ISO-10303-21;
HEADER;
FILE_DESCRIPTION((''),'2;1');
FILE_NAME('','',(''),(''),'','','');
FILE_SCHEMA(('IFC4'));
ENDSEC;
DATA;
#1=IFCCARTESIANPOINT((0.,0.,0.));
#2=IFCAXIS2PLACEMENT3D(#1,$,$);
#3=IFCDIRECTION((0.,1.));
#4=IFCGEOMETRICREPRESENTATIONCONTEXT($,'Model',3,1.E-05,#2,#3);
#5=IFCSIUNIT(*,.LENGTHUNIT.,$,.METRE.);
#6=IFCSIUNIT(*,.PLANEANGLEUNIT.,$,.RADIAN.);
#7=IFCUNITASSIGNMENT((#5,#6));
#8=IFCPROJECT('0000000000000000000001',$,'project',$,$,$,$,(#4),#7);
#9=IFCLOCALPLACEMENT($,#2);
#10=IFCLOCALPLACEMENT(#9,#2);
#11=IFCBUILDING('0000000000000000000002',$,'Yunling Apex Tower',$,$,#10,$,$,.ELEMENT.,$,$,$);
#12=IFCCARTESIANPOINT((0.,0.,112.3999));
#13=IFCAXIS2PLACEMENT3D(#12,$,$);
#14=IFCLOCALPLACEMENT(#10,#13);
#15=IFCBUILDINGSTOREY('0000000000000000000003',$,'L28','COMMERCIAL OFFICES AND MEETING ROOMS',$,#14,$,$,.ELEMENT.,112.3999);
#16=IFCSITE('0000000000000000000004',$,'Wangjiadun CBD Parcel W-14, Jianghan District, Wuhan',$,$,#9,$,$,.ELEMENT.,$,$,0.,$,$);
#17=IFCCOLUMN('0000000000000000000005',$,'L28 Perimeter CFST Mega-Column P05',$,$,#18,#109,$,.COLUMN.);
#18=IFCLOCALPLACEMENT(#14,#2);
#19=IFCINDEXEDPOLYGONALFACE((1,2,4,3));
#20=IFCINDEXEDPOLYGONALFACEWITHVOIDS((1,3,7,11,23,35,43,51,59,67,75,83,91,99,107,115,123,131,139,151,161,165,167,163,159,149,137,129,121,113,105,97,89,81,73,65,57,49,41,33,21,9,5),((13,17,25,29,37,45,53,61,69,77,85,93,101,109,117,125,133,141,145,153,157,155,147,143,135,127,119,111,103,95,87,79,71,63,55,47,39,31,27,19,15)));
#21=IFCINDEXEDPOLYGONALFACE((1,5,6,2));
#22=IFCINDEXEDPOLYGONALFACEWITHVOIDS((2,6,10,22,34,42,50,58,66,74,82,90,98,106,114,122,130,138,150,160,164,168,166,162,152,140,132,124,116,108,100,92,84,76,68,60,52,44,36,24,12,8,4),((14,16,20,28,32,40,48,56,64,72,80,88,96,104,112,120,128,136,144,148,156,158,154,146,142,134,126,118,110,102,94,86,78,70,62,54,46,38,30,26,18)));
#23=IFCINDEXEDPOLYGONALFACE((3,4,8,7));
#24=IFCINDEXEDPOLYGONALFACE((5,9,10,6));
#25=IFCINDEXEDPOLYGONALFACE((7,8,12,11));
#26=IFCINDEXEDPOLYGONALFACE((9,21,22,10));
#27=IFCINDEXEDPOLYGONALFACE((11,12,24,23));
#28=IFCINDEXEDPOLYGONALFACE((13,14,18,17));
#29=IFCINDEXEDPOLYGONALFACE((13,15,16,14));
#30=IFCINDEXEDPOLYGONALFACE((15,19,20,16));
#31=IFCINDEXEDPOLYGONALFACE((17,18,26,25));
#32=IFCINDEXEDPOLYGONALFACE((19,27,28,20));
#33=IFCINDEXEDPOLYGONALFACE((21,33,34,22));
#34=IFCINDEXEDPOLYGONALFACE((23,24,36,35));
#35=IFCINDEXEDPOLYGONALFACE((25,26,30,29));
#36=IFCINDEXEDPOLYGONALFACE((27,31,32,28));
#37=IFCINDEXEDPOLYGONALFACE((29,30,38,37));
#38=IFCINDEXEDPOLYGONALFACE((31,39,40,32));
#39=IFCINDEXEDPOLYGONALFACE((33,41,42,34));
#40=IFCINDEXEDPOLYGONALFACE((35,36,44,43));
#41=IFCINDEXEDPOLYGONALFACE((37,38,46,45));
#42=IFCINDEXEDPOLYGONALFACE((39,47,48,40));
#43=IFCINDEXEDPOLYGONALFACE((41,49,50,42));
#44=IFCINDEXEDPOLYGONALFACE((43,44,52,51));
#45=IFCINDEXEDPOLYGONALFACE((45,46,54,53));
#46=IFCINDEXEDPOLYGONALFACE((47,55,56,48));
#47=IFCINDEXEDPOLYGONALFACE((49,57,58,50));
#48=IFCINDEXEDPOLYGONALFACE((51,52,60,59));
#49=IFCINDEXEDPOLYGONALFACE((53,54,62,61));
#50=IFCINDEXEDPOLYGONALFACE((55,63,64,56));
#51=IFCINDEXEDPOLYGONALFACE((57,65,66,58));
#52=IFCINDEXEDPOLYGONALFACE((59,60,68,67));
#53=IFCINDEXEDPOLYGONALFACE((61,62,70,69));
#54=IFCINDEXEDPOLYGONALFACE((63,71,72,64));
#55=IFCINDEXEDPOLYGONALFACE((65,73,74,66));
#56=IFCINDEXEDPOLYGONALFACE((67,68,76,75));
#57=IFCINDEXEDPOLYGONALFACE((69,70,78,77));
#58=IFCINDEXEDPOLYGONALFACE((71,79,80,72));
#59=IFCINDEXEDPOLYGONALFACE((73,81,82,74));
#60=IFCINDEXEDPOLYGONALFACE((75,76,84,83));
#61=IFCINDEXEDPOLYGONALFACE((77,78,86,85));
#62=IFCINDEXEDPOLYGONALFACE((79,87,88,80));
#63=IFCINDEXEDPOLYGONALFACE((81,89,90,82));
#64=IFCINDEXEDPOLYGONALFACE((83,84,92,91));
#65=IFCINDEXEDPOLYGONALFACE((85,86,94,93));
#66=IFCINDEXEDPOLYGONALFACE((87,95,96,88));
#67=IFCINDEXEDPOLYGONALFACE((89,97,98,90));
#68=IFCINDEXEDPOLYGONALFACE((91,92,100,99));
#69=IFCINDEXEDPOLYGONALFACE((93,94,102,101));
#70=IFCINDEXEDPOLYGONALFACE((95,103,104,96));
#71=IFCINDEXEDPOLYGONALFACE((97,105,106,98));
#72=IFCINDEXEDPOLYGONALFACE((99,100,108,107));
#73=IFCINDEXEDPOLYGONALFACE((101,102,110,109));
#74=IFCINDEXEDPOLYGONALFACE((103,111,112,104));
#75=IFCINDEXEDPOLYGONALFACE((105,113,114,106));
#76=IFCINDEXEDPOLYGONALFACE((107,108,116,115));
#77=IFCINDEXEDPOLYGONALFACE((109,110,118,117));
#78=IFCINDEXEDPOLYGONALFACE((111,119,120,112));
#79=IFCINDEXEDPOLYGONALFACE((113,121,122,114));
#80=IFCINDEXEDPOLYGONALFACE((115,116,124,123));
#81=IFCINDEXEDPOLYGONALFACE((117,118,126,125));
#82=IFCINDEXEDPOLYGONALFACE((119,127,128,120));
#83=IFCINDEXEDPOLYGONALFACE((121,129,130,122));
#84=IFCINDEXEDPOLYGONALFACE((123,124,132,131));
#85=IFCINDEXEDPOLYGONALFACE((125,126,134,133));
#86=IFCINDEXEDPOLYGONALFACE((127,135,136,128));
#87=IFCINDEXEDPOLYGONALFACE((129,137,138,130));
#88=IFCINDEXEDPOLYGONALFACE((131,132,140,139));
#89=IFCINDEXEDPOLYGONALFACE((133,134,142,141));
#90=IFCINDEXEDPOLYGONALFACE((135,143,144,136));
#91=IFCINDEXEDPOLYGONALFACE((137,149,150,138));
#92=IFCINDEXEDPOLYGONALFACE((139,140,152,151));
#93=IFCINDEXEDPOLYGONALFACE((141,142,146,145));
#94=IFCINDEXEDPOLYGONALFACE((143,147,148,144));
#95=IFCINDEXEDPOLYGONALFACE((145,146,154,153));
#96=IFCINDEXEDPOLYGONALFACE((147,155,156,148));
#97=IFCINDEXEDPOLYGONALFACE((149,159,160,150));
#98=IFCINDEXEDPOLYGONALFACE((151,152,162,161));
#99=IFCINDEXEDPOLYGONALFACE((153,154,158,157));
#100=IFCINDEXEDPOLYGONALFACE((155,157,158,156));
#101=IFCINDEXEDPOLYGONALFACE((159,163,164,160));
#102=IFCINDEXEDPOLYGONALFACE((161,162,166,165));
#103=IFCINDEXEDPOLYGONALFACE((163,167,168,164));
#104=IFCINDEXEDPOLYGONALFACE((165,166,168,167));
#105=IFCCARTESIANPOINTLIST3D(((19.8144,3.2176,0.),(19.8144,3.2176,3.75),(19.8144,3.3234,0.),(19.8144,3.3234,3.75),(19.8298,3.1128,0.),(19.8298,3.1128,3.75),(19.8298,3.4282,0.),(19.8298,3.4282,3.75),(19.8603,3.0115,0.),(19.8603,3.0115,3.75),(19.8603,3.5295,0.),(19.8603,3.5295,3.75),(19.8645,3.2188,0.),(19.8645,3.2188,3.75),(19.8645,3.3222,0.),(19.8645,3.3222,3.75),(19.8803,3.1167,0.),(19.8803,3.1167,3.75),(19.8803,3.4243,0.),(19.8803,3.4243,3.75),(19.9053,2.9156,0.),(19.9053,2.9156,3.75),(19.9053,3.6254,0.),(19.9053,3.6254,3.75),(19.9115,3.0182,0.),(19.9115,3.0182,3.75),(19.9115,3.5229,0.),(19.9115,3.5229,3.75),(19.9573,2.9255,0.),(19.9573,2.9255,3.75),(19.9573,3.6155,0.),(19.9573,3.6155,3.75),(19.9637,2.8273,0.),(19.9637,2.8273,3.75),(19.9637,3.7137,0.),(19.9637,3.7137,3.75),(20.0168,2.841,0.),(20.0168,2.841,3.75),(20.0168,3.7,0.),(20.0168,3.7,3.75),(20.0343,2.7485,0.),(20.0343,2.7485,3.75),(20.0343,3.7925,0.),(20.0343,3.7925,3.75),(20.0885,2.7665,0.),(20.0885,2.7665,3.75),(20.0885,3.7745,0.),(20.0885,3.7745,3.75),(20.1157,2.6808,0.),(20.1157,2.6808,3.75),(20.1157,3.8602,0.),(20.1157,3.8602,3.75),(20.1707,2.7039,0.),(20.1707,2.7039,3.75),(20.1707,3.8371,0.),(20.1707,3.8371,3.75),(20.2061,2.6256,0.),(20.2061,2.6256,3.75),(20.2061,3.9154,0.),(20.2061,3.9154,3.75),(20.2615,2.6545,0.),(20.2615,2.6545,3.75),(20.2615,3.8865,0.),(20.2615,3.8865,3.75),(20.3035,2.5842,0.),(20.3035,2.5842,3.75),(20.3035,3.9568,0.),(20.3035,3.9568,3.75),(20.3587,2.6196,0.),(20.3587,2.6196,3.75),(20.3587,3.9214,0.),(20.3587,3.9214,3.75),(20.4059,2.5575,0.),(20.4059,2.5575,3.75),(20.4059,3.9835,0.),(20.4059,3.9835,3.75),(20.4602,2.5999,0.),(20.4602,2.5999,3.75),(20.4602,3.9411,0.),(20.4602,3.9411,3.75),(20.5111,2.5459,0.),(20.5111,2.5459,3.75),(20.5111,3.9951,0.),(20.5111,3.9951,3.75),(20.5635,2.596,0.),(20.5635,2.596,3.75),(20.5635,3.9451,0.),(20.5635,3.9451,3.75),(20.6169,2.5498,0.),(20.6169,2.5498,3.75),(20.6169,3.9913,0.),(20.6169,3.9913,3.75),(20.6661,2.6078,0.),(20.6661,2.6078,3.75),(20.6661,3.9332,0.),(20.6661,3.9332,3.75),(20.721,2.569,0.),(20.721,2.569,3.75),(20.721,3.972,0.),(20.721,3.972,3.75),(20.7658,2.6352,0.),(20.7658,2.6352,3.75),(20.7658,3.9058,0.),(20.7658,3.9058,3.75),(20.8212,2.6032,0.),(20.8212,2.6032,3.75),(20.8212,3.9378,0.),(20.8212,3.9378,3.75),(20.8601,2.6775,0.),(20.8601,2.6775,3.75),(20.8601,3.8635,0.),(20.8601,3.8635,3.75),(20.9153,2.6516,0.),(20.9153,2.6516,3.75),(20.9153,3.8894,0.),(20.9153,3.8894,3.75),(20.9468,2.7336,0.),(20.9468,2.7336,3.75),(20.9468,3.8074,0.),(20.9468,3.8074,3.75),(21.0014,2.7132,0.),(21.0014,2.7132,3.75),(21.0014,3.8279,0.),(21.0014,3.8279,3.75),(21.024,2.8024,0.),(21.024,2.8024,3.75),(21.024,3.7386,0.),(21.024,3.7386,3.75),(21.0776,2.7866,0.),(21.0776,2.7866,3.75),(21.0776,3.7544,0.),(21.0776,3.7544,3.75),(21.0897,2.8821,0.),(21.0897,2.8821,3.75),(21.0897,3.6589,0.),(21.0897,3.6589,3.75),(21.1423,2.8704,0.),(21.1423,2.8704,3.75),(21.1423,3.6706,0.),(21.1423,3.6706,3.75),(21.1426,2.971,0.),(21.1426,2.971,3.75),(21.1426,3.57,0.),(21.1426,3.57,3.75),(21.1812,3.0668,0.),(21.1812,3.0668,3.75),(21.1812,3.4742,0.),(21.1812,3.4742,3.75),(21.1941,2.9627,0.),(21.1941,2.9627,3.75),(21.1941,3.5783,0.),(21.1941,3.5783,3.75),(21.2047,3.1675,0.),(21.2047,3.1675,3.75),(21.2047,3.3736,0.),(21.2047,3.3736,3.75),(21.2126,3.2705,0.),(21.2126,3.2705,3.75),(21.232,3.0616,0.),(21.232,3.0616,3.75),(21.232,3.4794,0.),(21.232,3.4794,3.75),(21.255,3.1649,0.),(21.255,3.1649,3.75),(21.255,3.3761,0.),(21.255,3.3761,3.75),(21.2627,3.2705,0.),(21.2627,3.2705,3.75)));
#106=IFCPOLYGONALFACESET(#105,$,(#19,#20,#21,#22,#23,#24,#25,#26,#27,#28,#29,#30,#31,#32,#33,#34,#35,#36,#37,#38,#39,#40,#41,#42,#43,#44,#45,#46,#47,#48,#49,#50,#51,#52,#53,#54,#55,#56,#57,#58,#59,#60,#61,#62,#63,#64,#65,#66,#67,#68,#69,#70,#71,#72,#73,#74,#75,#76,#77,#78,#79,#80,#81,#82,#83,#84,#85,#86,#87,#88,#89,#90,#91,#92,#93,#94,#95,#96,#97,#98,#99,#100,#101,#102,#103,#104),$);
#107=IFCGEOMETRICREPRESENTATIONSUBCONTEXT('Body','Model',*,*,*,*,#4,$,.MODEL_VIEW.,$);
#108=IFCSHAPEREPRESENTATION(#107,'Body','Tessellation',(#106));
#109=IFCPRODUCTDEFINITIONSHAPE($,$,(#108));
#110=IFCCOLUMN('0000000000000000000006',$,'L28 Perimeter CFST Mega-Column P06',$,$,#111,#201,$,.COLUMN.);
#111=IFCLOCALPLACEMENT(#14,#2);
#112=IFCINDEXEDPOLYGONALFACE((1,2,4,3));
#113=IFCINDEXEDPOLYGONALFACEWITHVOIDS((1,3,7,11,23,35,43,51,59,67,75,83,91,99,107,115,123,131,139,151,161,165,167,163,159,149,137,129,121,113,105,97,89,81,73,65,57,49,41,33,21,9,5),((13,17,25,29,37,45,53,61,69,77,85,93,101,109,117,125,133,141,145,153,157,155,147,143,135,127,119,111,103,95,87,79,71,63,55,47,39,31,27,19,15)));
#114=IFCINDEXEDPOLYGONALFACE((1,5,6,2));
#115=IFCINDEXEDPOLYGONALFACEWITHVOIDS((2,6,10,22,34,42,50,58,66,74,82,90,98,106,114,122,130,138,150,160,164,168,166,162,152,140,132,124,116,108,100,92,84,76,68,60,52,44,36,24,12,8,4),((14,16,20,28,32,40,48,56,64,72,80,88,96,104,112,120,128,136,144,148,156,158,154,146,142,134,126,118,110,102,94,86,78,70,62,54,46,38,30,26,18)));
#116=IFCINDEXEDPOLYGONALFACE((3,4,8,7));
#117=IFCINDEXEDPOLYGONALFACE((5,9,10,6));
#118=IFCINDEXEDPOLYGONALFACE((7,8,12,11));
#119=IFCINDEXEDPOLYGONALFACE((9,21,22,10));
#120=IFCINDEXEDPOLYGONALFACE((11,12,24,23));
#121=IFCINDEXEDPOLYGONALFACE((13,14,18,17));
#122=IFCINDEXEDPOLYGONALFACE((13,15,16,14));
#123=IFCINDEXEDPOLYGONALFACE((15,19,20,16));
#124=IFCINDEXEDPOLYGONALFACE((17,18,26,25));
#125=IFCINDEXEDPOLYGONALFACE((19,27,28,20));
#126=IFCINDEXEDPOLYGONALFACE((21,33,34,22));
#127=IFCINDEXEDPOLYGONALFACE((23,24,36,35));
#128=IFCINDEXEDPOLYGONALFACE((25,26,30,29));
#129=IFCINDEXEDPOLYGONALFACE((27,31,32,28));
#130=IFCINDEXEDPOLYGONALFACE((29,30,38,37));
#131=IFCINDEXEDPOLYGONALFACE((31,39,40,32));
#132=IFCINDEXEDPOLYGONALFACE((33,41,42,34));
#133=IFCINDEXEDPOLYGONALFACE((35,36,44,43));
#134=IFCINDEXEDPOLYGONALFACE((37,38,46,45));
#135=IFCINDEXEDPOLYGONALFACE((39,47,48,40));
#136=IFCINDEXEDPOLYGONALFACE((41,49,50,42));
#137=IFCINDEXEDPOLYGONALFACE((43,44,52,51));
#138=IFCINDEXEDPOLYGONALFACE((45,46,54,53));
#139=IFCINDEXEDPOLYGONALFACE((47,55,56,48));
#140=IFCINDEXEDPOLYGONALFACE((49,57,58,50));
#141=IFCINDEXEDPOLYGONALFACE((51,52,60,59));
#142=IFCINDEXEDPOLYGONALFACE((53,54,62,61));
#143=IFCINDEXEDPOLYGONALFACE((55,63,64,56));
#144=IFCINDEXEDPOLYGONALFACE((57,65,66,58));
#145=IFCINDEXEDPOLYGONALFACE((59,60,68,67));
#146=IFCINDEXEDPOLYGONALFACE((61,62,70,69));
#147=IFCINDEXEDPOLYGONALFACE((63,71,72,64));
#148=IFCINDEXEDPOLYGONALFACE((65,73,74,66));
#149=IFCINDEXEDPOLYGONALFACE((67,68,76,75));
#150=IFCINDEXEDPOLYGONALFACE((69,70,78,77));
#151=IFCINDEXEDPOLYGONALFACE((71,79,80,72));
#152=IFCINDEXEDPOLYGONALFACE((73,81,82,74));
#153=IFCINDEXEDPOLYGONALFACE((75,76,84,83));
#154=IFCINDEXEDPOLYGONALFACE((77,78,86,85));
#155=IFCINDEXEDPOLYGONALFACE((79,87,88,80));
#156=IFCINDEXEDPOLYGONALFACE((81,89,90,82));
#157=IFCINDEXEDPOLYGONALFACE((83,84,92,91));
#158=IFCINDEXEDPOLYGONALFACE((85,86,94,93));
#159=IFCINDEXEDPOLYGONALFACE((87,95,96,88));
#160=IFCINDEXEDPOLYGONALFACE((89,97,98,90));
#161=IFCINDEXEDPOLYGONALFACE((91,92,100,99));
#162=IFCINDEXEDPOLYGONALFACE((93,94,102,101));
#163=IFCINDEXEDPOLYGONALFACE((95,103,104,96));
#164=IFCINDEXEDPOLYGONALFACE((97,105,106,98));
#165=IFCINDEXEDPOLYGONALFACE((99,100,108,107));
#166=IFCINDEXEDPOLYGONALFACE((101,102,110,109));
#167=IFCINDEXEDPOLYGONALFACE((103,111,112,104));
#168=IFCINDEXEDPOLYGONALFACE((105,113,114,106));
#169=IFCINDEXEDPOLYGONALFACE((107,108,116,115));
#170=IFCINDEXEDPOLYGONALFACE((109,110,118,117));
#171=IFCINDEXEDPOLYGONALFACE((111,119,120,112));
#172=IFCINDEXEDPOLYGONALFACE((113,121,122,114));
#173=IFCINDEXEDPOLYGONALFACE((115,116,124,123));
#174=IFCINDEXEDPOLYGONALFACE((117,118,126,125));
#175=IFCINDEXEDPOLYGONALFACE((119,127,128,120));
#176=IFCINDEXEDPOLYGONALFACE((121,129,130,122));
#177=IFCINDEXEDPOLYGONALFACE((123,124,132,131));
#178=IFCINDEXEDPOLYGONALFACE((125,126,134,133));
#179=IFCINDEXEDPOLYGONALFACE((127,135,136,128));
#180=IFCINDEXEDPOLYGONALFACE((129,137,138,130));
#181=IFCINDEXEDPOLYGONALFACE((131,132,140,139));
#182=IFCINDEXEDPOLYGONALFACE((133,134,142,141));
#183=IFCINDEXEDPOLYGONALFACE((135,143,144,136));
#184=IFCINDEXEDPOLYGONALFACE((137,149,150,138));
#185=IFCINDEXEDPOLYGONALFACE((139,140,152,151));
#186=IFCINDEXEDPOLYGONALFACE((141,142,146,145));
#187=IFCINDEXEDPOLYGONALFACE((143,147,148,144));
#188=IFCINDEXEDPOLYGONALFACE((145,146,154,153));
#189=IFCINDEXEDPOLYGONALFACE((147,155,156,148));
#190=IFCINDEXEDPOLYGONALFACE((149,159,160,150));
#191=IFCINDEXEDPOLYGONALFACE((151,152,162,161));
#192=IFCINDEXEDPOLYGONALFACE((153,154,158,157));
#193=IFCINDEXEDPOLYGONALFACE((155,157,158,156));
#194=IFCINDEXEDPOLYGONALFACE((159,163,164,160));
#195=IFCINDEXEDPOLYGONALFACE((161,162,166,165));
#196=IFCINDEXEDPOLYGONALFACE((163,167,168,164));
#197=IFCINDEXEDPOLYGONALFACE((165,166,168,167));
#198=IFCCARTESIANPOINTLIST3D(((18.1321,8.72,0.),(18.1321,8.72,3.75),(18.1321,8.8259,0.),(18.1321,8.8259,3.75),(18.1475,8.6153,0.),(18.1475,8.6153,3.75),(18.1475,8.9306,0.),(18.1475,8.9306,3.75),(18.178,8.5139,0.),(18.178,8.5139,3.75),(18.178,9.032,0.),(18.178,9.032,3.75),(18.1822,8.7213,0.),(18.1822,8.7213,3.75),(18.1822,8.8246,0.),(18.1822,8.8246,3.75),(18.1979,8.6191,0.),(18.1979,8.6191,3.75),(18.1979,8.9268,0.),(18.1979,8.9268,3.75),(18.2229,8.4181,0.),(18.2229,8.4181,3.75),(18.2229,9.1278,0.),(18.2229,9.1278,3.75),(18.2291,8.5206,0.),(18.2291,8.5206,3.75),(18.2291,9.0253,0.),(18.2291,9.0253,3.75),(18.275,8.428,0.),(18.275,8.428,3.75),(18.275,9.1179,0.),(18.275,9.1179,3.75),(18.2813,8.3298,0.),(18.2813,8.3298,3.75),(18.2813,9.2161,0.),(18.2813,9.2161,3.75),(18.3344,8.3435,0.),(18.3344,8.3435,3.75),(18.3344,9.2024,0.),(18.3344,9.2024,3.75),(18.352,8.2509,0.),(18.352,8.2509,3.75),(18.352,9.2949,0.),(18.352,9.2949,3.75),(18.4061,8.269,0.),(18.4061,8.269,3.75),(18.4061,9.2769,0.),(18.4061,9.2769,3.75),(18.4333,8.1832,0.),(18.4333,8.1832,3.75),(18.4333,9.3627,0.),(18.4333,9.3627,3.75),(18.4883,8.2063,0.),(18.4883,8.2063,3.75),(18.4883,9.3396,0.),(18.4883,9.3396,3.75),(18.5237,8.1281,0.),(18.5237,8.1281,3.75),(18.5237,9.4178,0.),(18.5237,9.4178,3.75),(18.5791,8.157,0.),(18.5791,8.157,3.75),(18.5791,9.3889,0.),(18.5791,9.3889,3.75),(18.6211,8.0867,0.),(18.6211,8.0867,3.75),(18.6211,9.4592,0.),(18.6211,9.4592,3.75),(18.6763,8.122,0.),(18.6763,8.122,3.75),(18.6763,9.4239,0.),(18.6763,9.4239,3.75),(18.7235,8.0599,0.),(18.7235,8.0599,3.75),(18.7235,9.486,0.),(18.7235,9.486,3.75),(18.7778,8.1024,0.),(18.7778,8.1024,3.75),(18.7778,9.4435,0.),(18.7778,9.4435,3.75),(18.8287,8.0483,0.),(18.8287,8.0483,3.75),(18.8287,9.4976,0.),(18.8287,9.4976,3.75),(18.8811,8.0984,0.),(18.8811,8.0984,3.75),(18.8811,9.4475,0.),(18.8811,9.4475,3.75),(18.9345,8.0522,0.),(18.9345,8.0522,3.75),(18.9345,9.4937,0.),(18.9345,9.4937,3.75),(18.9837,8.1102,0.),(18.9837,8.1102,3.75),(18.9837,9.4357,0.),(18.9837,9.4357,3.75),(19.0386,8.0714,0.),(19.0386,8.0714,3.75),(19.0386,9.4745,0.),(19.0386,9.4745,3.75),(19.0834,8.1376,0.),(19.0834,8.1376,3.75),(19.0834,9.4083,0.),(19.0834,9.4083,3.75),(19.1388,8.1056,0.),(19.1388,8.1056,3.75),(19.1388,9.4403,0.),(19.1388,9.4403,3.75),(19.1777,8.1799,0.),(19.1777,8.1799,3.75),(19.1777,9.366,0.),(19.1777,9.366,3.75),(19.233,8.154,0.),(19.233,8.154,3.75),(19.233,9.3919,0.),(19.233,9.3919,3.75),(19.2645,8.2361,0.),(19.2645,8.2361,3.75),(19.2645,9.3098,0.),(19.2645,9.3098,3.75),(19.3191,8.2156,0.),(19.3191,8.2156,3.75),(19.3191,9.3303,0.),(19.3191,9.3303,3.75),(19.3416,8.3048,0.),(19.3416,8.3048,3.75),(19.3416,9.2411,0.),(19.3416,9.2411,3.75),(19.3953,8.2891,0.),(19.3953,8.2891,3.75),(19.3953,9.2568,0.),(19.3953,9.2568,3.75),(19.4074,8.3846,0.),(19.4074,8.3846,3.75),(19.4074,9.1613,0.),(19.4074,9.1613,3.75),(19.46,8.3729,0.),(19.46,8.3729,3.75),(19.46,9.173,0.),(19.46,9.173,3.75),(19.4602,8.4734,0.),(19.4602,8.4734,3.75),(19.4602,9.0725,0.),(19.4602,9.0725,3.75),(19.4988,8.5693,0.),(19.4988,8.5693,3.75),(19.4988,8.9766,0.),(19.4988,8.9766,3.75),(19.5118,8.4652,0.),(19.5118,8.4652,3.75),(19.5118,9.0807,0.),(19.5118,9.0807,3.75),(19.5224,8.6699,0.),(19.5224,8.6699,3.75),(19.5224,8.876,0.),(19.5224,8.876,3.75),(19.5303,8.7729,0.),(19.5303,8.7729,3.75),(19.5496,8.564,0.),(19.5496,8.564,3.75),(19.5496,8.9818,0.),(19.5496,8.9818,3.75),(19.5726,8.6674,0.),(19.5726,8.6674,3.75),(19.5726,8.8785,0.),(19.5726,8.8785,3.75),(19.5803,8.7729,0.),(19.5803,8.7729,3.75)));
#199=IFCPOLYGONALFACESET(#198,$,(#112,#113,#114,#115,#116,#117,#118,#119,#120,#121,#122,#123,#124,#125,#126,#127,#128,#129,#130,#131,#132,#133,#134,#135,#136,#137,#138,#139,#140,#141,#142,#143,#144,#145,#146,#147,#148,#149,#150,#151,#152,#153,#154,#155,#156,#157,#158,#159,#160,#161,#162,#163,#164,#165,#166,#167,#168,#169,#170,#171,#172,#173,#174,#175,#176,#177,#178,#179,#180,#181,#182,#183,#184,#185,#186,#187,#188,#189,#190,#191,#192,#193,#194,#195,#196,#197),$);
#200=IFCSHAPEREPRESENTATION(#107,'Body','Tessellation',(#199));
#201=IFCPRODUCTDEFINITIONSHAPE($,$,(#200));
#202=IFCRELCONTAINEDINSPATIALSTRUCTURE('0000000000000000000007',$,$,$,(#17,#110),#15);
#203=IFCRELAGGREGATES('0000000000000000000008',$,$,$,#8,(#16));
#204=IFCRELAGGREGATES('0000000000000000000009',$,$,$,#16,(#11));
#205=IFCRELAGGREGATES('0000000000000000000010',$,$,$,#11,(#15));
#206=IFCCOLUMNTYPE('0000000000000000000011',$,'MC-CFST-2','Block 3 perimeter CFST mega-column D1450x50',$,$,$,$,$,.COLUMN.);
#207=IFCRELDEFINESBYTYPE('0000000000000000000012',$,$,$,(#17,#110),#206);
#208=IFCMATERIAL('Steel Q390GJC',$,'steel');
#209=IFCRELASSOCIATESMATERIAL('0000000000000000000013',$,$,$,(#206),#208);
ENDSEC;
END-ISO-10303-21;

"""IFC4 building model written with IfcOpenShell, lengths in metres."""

from ifc_helpers import new_model, si_unit, direction, frame, origin, origin_2d, place, context, subcontext, project, spatial, hollow_circle, extrude, source, transform, mapped, material, material_profile, profile_set, type_object, element, save


model = new_model("IFC4")

# Units and contexts
model_context = context("Model", 3, precision=1e-05, world=origin(), true_north=direction((0.0, 1.0)))
body_context = subcontext(model_context, "Body", "Model", "MODEL_VIEW")
ifc_project = project(units=[si_unit("LENGTHUNIT", "METRE"), si_unit("PLANEANGLEUNIT", "RADIAN")], contexts=[model_context])

# Site, building, storey
site_placement = place(None, origin())
site = spatial("IfcSite", under=ifc_project, at=site_placement, Name="Wangjiadun CBD Parcel W-14, Jianghan District, Wuhan", CompositionType="ELEMENT", RefElevation=0.0)
building_placement = place(site_placement, origin())
building = spatial("IfcBuilding", under=site, at=building_placement, Name="Yunling Apex Tower", CompositionType="ELEMENT")
storey_placement = place(building_placement, frame((0.0, 0.0, 112.3999)))
storey = spatial("IfcBuildingStorey", under=building, at=storey_placement, Name="L28", Description="COMMERCIAL OFFICES AND MEETING ROOMS", CompositionType="ELEMENT", Elevation=112.3999)

# Columns
ifc_material_1 = material(Name="Steel Q390GJC", Category="steel")
ifc_material_profile_1 = material_profile(ifc_material_1, hollow_circle(Radius=0.7251, WallThickness=0.05, at=origin_2d()))
ifc_profile_set_1 = profile_set([ifc_material_profile_1], Name="Steel Q390GJC")
column_type = type_object("IfcColumnType", Name="MC-CFST-2", Description="Block 3 perimeter CFST mega-column D1450x50", PredefinedType="COLUMN", material=ifc_profile_set_1)
shared_shape_1 = source(origin(), body_context, "Body", "SweptSolid", [
    extrude(hollow_circle(Radius=0.7251, WallThickness=0.05, at=origin_2d()), origin(), (0.0, 0.0, 1.0), 3.75),
])
for number, where, z_axis, x_axis, name in (
    (1, (20.5376, 3.2705, 0.0), (0.0, 0.0, 1.0), (1.0, 0.0, 0.0), "L28 Perimeter CFST Mega-Column P05"),
    (2, (18.8552, 8.7729, 0.0), (0.0, 0.0, 1.0), (1.0, 0.0, 0.0), "L28 Perimeter CFST Mega-Column P06"),
):
    element("IfcColumn", number, at=place(storey_placement, frame(where, z_axis=z_axis, x_axis=x_axis)), inside=storey, type_object=column_type, Name=name, PredefinedType="COLUMN", context=body_context, shape_type="MappedRepresentation", body=[
        mapped(shared_shape_1, transform((0.0, 0.0, 0.0), scale=1.0)),
    ])

save(model, "model.ifc")
